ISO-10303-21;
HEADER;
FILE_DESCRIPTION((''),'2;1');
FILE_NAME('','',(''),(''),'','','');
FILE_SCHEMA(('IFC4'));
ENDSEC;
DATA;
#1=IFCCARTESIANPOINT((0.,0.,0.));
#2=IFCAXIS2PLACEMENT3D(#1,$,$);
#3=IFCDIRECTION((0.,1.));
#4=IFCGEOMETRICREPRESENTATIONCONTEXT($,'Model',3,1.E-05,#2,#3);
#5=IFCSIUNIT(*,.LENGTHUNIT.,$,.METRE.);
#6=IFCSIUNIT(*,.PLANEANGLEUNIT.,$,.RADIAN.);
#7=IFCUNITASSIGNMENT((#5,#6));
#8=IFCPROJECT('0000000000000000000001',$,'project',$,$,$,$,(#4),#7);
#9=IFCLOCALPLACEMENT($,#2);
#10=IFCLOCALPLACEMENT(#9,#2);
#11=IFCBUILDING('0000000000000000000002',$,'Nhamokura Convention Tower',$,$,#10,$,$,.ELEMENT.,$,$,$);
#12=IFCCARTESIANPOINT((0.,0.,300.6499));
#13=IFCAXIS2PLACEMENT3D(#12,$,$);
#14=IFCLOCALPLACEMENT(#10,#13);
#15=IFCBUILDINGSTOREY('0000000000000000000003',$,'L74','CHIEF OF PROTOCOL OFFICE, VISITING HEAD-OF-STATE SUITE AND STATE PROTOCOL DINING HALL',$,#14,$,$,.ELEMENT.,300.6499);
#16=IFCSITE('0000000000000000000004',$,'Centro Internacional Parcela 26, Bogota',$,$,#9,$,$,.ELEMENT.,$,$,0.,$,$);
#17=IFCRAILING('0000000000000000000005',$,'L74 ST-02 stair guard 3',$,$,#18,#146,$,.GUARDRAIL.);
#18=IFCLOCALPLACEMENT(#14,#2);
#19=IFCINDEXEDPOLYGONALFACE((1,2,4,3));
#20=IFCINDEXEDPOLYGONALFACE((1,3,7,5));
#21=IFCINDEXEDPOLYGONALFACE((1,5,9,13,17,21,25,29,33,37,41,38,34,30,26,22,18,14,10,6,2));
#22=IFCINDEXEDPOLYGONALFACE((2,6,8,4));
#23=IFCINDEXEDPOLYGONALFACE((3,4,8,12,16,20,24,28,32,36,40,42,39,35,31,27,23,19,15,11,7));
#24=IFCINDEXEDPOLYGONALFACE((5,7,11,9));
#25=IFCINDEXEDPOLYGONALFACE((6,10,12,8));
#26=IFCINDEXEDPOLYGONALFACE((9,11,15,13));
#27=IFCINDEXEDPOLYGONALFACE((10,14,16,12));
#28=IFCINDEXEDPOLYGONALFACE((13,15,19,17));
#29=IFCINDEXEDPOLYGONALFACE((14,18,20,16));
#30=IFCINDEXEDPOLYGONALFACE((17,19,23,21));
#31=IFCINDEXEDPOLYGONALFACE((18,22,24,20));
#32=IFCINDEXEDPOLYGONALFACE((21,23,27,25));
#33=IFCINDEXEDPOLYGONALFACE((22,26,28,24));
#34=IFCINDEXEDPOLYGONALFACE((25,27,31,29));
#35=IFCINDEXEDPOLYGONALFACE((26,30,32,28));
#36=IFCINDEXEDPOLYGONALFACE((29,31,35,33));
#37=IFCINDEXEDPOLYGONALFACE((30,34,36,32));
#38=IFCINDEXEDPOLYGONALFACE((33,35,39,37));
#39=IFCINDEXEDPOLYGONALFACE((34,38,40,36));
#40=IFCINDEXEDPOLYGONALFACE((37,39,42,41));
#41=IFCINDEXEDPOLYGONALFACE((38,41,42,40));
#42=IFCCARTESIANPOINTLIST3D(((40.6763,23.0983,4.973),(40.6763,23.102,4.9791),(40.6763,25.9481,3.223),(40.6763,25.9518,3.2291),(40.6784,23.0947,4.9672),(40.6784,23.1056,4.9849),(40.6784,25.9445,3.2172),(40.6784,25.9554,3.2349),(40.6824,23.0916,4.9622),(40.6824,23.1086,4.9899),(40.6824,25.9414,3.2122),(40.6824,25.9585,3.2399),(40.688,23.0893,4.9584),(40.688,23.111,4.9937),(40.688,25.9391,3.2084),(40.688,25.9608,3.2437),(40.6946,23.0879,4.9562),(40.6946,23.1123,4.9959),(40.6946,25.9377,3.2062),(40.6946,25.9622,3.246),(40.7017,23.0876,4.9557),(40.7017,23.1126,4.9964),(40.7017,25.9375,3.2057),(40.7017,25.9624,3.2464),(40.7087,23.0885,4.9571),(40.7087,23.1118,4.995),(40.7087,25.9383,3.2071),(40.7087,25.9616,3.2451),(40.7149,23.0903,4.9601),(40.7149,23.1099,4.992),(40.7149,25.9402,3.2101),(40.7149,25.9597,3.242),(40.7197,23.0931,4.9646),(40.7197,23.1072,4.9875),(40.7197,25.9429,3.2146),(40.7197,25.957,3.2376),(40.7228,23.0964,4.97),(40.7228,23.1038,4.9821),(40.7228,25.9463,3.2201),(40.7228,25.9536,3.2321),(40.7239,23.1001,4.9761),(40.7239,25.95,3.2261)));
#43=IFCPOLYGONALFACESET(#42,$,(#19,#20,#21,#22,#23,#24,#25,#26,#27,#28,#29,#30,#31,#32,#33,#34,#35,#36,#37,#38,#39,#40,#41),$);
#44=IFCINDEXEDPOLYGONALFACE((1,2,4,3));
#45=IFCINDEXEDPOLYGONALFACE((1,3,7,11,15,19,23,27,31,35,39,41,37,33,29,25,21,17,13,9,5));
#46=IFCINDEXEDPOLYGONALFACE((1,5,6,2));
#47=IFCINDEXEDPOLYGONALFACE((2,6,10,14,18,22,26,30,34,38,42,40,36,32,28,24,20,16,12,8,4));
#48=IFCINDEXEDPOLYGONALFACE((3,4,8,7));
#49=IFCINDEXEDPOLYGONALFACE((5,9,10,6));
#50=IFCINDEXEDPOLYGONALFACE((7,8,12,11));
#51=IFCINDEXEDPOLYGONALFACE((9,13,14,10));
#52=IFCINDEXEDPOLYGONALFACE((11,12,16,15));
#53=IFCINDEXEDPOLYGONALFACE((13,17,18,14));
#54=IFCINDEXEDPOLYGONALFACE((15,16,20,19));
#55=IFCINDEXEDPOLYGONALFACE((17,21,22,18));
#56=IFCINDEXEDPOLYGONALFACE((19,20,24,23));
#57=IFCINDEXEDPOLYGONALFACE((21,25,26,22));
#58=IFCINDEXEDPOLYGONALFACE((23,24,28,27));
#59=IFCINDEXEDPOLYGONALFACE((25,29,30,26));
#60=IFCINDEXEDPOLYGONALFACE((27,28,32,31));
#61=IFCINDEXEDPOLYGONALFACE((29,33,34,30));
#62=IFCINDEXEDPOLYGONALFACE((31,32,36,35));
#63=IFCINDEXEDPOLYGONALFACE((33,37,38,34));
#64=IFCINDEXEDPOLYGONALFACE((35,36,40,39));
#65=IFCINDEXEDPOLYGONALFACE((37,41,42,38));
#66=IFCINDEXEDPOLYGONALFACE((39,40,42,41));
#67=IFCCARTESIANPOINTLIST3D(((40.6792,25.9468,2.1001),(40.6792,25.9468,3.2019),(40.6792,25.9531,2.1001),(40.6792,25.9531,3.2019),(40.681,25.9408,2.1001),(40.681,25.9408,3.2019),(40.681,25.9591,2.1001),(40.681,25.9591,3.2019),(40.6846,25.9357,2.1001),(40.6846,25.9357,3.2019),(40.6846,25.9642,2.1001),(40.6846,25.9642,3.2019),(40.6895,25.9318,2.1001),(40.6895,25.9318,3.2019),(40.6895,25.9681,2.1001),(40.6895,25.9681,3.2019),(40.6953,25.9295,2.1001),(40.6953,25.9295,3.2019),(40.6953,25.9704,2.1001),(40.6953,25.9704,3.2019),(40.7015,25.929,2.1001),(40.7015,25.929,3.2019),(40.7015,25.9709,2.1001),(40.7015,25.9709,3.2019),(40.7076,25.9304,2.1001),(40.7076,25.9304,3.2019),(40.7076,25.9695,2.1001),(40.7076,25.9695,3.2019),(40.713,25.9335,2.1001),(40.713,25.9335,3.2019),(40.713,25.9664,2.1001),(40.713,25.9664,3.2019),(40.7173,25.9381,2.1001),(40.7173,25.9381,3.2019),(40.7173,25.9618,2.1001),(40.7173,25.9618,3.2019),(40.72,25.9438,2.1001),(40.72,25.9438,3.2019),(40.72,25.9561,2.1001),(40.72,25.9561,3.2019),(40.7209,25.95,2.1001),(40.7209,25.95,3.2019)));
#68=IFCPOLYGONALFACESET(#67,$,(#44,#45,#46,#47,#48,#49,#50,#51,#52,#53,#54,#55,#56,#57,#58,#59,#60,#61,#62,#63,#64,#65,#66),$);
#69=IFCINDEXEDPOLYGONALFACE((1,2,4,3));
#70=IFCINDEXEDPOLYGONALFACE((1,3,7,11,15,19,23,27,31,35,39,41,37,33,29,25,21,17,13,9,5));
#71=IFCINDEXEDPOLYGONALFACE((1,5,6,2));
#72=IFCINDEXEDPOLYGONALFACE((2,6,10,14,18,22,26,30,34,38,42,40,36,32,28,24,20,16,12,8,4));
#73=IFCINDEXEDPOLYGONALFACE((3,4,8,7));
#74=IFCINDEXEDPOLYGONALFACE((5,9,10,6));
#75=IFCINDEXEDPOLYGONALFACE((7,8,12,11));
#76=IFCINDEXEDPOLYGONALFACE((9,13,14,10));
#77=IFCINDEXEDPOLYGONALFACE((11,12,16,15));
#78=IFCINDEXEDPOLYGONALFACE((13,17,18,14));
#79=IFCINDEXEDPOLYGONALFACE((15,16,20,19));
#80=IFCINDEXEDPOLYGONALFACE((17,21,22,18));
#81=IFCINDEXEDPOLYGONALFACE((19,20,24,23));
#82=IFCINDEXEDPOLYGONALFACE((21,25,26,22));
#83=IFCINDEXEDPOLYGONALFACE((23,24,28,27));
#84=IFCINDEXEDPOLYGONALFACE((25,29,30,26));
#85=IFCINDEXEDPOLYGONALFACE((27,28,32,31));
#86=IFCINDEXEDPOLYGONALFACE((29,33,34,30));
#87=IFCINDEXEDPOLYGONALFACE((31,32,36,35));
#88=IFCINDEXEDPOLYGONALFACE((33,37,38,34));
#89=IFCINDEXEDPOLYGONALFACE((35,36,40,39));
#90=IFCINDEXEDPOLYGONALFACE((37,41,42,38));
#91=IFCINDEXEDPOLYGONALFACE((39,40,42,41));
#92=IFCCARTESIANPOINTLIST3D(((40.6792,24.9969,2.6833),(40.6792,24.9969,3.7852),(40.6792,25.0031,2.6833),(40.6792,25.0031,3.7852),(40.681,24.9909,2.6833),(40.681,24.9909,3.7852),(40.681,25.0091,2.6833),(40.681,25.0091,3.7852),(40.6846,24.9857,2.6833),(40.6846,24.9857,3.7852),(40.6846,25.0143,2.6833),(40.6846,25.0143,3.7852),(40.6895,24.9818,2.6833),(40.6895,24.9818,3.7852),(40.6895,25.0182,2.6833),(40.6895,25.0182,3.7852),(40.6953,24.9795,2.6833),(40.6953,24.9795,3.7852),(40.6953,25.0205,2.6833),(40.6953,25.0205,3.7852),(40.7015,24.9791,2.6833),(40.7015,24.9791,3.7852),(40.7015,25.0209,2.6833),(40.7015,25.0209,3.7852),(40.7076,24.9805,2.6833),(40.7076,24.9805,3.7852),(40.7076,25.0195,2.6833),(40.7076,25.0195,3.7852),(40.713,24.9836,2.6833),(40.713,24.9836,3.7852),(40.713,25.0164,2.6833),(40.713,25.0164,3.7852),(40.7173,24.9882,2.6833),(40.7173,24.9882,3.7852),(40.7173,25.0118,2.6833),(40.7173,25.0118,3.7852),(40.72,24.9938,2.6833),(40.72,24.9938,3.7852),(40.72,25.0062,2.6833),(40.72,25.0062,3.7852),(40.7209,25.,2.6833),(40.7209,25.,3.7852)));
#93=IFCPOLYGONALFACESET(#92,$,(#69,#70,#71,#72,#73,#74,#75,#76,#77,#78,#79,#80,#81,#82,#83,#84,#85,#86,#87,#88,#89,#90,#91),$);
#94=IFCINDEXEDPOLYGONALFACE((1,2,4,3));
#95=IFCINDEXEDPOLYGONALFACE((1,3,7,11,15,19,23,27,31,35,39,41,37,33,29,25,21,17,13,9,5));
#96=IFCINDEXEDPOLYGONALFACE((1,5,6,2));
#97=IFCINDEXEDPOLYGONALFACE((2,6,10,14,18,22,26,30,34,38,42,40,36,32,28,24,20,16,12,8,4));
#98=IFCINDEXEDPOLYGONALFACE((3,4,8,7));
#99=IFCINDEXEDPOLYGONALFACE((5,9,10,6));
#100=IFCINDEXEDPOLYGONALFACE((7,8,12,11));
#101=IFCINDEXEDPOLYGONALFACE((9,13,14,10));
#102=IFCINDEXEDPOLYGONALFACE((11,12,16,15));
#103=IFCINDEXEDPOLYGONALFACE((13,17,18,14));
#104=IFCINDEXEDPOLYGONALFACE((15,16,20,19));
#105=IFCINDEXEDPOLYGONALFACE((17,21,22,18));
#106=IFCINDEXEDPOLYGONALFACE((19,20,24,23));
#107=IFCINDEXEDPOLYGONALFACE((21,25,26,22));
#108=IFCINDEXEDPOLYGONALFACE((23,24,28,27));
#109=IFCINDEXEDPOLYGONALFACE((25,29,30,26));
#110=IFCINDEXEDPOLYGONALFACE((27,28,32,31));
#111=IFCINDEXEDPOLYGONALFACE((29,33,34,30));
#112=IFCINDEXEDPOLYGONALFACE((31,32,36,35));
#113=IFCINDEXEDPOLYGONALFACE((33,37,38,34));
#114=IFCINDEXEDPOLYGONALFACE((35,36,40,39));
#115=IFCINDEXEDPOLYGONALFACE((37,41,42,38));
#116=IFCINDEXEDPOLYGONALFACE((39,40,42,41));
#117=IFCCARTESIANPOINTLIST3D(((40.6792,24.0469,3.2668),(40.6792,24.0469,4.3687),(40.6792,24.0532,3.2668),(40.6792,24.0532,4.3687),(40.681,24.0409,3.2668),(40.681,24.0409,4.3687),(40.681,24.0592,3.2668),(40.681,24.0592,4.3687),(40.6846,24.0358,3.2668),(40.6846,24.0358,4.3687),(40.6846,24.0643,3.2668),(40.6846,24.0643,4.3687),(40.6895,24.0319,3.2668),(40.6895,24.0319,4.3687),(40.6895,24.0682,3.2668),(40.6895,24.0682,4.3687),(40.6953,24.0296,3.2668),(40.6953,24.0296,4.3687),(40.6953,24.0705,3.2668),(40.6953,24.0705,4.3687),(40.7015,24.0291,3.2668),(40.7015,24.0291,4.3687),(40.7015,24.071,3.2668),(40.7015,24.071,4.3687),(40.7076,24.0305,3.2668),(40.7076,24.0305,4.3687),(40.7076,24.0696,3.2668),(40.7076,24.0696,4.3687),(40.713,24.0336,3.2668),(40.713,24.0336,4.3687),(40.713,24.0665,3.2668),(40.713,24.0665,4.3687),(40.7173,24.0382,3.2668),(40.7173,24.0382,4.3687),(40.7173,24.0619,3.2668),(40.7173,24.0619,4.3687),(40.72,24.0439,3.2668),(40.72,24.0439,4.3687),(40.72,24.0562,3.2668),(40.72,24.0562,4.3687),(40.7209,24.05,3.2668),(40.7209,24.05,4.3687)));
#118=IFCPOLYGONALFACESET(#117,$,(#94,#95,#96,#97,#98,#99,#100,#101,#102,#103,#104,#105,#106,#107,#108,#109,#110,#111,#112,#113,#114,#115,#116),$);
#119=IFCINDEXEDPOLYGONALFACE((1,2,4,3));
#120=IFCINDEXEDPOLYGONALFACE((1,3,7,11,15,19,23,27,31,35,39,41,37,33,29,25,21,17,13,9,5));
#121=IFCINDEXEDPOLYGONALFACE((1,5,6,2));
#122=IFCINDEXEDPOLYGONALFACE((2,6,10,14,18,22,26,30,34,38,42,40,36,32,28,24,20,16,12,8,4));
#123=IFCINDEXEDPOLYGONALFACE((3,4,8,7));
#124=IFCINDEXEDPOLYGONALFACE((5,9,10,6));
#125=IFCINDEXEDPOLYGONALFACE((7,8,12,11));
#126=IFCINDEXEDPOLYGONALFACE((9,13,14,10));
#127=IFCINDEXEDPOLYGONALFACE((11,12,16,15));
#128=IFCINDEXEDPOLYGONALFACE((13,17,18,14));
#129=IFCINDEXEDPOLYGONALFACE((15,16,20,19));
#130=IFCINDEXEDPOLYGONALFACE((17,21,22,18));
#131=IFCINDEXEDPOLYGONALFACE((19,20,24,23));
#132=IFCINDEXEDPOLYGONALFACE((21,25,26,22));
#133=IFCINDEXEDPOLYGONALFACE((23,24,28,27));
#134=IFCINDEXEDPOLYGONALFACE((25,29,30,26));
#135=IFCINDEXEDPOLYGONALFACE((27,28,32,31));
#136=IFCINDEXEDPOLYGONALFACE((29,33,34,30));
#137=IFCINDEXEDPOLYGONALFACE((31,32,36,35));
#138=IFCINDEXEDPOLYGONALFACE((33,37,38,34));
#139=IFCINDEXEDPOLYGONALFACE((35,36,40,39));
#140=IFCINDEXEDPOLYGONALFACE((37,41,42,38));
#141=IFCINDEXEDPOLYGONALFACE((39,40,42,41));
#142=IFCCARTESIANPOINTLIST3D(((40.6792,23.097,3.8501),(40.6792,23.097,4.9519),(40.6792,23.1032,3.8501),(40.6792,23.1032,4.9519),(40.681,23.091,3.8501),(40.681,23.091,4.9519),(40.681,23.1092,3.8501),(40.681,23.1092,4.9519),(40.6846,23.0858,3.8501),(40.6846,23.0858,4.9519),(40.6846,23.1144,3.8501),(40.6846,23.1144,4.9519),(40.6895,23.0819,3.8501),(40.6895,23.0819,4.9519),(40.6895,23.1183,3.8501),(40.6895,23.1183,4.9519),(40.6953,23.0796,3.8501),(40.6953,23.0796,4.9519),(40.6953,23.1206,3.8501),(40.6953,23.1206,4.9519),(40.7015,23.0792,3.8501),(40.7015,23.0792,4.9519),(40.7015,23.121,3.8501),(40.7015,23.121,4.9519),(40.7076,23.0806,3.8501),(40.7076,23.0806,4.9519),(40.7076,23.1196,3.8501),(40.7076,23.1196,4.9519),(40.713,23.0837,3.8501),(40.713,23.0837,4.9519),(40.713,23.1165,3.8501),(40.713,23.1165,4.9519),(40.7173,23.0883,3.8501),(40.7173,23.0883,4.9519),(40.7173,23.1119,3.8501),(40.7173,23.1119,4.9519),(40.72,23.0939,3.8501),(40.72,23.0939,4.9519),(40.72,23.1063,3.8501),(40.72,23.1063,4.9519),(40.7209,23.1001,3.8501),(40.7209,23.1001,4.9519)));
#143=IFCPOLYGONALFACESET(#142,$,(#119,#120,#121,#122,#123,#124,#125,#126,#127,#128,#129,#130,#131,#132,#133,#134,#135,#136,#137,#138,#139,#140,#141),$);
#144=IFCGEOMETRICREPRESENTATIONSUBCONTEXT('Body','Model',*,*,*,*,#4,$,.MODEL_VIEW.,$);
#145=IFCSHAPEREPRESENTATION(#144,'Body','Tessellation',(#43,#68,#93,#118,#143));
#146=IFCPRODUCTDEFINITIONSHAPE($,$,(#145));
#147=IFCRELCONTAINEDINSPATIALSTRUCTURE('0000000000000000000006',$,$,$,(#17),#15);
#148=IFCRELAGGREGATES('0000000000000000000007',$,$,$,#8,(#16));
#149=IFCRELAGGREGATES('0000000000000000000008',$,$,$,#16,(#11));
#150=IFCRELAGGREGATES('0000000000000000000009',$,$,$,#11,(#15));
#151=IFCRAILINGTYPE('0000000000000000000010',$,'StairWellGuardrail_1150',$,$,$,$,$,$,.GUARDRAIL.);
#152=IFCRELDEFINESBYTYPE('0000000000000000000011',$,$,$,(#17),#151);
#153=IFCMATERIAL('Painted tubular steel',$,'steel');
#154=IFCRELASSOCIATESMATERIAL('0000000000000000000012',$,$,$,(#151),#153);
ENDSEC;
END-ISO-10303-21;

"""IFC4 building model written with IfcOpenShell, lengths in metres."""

from ifc_helpers import new_model, si_unit, direction, frame, origin, origin_2d, place, context, subcontext, project, spatial, circle, extrude, material, type_object, element, save


model = new_model("IFC4")

# Units and contexts
model_context = context("Model", 3, precision=1e-05, world=origin(), true_north=direction((0.0, 1.0)))
body_context = subcontext(model_context, "Body", "Model", "MODEL_VIEW")
ifc_project = project(units=[si_unit("LENGTHUNIT", "METRE"), si_unit("PLANEANGLEUNIT", "RADIAN")], contexts=[model_context])

# Site, building, storey
site_placement = place(None, origin())
site = spatial("IfcSite", under=ifc_project, at=site_placement, Name="Centro Internacional Parcela 26, Bogota", CompositionType="ELEMENT", RefElevation=0.0)
building_placement = place(site_placement, origin())
building = spatial("IfcBuilding", under=site, at=building_placement, Name="Nhamokura Convention Tower", CompositionType="ELEMENT")
storey_placement = place(building_placement, frame((0.0, 0.0, 300.6499)))
storey = spatial("IfcBuildingStorey", under=building, at=storey_placement, Name="L74", Description="CHIEF OF PROTOCOL OFFICE, VISITING HEAD-OF-STATE SUITE AND STATE PROTOCOL DINING HALL", CompositionType="ELEMENT", Elevation=300.6499)

# Railing
ifc_material_1 = material(Name="Painted tubular steel", Category="steel")
railing_type_1 = type_object("IfcRailingType", Name="StairWellGuardrail_1150", PredefinedType="GUARDRAIL", material=ifc_material_1)
railing_1_placement = place(storey_placement, frame((40.7, 25.95, 2.1001)))
element("IfcRailing", 1, at=railing_1_placement, inside=storey, type_object=railing_type_1, Name="L74 ST-02 stair guard 3", PredefinedType="GUARDRAIL", context=body_context, shape_type="SweptSolid", body=[
    extrude(circle(Radius=0.0239, at=origin_2d()), frame((0.0, 0.0, 1.126), z_axis=(0.0, -0.852159, 0.523283), x_axis=(1.0, 0.0, 0.0)), (0.0, 0.0, 1.0), 3.3442),
    extrude(circle(Radius=0.021, at=origin_2d()), origin(), (0.0, 0.0, 1.0), 1.1018),
    extrude(circle(Radius=0.021, at=origin_2d()), frame((0.0, -0.95, 0.5833)), (0.0, 0.0, 1.0), 1.1018),
    extrude(circle(Radius=0.021, at=origin_2d()), frame((0.0, -1.8999, 1.1667)), (0.0, 0.0, 1.0), 1.1018),
    extrude(circle(Radius=0.021, at=origin_2d()), frame((0.0, -2.8499, 1.75)), (0.0, 0.0, 1.0), 1.1018),
])

save(model, "model.ifc")
